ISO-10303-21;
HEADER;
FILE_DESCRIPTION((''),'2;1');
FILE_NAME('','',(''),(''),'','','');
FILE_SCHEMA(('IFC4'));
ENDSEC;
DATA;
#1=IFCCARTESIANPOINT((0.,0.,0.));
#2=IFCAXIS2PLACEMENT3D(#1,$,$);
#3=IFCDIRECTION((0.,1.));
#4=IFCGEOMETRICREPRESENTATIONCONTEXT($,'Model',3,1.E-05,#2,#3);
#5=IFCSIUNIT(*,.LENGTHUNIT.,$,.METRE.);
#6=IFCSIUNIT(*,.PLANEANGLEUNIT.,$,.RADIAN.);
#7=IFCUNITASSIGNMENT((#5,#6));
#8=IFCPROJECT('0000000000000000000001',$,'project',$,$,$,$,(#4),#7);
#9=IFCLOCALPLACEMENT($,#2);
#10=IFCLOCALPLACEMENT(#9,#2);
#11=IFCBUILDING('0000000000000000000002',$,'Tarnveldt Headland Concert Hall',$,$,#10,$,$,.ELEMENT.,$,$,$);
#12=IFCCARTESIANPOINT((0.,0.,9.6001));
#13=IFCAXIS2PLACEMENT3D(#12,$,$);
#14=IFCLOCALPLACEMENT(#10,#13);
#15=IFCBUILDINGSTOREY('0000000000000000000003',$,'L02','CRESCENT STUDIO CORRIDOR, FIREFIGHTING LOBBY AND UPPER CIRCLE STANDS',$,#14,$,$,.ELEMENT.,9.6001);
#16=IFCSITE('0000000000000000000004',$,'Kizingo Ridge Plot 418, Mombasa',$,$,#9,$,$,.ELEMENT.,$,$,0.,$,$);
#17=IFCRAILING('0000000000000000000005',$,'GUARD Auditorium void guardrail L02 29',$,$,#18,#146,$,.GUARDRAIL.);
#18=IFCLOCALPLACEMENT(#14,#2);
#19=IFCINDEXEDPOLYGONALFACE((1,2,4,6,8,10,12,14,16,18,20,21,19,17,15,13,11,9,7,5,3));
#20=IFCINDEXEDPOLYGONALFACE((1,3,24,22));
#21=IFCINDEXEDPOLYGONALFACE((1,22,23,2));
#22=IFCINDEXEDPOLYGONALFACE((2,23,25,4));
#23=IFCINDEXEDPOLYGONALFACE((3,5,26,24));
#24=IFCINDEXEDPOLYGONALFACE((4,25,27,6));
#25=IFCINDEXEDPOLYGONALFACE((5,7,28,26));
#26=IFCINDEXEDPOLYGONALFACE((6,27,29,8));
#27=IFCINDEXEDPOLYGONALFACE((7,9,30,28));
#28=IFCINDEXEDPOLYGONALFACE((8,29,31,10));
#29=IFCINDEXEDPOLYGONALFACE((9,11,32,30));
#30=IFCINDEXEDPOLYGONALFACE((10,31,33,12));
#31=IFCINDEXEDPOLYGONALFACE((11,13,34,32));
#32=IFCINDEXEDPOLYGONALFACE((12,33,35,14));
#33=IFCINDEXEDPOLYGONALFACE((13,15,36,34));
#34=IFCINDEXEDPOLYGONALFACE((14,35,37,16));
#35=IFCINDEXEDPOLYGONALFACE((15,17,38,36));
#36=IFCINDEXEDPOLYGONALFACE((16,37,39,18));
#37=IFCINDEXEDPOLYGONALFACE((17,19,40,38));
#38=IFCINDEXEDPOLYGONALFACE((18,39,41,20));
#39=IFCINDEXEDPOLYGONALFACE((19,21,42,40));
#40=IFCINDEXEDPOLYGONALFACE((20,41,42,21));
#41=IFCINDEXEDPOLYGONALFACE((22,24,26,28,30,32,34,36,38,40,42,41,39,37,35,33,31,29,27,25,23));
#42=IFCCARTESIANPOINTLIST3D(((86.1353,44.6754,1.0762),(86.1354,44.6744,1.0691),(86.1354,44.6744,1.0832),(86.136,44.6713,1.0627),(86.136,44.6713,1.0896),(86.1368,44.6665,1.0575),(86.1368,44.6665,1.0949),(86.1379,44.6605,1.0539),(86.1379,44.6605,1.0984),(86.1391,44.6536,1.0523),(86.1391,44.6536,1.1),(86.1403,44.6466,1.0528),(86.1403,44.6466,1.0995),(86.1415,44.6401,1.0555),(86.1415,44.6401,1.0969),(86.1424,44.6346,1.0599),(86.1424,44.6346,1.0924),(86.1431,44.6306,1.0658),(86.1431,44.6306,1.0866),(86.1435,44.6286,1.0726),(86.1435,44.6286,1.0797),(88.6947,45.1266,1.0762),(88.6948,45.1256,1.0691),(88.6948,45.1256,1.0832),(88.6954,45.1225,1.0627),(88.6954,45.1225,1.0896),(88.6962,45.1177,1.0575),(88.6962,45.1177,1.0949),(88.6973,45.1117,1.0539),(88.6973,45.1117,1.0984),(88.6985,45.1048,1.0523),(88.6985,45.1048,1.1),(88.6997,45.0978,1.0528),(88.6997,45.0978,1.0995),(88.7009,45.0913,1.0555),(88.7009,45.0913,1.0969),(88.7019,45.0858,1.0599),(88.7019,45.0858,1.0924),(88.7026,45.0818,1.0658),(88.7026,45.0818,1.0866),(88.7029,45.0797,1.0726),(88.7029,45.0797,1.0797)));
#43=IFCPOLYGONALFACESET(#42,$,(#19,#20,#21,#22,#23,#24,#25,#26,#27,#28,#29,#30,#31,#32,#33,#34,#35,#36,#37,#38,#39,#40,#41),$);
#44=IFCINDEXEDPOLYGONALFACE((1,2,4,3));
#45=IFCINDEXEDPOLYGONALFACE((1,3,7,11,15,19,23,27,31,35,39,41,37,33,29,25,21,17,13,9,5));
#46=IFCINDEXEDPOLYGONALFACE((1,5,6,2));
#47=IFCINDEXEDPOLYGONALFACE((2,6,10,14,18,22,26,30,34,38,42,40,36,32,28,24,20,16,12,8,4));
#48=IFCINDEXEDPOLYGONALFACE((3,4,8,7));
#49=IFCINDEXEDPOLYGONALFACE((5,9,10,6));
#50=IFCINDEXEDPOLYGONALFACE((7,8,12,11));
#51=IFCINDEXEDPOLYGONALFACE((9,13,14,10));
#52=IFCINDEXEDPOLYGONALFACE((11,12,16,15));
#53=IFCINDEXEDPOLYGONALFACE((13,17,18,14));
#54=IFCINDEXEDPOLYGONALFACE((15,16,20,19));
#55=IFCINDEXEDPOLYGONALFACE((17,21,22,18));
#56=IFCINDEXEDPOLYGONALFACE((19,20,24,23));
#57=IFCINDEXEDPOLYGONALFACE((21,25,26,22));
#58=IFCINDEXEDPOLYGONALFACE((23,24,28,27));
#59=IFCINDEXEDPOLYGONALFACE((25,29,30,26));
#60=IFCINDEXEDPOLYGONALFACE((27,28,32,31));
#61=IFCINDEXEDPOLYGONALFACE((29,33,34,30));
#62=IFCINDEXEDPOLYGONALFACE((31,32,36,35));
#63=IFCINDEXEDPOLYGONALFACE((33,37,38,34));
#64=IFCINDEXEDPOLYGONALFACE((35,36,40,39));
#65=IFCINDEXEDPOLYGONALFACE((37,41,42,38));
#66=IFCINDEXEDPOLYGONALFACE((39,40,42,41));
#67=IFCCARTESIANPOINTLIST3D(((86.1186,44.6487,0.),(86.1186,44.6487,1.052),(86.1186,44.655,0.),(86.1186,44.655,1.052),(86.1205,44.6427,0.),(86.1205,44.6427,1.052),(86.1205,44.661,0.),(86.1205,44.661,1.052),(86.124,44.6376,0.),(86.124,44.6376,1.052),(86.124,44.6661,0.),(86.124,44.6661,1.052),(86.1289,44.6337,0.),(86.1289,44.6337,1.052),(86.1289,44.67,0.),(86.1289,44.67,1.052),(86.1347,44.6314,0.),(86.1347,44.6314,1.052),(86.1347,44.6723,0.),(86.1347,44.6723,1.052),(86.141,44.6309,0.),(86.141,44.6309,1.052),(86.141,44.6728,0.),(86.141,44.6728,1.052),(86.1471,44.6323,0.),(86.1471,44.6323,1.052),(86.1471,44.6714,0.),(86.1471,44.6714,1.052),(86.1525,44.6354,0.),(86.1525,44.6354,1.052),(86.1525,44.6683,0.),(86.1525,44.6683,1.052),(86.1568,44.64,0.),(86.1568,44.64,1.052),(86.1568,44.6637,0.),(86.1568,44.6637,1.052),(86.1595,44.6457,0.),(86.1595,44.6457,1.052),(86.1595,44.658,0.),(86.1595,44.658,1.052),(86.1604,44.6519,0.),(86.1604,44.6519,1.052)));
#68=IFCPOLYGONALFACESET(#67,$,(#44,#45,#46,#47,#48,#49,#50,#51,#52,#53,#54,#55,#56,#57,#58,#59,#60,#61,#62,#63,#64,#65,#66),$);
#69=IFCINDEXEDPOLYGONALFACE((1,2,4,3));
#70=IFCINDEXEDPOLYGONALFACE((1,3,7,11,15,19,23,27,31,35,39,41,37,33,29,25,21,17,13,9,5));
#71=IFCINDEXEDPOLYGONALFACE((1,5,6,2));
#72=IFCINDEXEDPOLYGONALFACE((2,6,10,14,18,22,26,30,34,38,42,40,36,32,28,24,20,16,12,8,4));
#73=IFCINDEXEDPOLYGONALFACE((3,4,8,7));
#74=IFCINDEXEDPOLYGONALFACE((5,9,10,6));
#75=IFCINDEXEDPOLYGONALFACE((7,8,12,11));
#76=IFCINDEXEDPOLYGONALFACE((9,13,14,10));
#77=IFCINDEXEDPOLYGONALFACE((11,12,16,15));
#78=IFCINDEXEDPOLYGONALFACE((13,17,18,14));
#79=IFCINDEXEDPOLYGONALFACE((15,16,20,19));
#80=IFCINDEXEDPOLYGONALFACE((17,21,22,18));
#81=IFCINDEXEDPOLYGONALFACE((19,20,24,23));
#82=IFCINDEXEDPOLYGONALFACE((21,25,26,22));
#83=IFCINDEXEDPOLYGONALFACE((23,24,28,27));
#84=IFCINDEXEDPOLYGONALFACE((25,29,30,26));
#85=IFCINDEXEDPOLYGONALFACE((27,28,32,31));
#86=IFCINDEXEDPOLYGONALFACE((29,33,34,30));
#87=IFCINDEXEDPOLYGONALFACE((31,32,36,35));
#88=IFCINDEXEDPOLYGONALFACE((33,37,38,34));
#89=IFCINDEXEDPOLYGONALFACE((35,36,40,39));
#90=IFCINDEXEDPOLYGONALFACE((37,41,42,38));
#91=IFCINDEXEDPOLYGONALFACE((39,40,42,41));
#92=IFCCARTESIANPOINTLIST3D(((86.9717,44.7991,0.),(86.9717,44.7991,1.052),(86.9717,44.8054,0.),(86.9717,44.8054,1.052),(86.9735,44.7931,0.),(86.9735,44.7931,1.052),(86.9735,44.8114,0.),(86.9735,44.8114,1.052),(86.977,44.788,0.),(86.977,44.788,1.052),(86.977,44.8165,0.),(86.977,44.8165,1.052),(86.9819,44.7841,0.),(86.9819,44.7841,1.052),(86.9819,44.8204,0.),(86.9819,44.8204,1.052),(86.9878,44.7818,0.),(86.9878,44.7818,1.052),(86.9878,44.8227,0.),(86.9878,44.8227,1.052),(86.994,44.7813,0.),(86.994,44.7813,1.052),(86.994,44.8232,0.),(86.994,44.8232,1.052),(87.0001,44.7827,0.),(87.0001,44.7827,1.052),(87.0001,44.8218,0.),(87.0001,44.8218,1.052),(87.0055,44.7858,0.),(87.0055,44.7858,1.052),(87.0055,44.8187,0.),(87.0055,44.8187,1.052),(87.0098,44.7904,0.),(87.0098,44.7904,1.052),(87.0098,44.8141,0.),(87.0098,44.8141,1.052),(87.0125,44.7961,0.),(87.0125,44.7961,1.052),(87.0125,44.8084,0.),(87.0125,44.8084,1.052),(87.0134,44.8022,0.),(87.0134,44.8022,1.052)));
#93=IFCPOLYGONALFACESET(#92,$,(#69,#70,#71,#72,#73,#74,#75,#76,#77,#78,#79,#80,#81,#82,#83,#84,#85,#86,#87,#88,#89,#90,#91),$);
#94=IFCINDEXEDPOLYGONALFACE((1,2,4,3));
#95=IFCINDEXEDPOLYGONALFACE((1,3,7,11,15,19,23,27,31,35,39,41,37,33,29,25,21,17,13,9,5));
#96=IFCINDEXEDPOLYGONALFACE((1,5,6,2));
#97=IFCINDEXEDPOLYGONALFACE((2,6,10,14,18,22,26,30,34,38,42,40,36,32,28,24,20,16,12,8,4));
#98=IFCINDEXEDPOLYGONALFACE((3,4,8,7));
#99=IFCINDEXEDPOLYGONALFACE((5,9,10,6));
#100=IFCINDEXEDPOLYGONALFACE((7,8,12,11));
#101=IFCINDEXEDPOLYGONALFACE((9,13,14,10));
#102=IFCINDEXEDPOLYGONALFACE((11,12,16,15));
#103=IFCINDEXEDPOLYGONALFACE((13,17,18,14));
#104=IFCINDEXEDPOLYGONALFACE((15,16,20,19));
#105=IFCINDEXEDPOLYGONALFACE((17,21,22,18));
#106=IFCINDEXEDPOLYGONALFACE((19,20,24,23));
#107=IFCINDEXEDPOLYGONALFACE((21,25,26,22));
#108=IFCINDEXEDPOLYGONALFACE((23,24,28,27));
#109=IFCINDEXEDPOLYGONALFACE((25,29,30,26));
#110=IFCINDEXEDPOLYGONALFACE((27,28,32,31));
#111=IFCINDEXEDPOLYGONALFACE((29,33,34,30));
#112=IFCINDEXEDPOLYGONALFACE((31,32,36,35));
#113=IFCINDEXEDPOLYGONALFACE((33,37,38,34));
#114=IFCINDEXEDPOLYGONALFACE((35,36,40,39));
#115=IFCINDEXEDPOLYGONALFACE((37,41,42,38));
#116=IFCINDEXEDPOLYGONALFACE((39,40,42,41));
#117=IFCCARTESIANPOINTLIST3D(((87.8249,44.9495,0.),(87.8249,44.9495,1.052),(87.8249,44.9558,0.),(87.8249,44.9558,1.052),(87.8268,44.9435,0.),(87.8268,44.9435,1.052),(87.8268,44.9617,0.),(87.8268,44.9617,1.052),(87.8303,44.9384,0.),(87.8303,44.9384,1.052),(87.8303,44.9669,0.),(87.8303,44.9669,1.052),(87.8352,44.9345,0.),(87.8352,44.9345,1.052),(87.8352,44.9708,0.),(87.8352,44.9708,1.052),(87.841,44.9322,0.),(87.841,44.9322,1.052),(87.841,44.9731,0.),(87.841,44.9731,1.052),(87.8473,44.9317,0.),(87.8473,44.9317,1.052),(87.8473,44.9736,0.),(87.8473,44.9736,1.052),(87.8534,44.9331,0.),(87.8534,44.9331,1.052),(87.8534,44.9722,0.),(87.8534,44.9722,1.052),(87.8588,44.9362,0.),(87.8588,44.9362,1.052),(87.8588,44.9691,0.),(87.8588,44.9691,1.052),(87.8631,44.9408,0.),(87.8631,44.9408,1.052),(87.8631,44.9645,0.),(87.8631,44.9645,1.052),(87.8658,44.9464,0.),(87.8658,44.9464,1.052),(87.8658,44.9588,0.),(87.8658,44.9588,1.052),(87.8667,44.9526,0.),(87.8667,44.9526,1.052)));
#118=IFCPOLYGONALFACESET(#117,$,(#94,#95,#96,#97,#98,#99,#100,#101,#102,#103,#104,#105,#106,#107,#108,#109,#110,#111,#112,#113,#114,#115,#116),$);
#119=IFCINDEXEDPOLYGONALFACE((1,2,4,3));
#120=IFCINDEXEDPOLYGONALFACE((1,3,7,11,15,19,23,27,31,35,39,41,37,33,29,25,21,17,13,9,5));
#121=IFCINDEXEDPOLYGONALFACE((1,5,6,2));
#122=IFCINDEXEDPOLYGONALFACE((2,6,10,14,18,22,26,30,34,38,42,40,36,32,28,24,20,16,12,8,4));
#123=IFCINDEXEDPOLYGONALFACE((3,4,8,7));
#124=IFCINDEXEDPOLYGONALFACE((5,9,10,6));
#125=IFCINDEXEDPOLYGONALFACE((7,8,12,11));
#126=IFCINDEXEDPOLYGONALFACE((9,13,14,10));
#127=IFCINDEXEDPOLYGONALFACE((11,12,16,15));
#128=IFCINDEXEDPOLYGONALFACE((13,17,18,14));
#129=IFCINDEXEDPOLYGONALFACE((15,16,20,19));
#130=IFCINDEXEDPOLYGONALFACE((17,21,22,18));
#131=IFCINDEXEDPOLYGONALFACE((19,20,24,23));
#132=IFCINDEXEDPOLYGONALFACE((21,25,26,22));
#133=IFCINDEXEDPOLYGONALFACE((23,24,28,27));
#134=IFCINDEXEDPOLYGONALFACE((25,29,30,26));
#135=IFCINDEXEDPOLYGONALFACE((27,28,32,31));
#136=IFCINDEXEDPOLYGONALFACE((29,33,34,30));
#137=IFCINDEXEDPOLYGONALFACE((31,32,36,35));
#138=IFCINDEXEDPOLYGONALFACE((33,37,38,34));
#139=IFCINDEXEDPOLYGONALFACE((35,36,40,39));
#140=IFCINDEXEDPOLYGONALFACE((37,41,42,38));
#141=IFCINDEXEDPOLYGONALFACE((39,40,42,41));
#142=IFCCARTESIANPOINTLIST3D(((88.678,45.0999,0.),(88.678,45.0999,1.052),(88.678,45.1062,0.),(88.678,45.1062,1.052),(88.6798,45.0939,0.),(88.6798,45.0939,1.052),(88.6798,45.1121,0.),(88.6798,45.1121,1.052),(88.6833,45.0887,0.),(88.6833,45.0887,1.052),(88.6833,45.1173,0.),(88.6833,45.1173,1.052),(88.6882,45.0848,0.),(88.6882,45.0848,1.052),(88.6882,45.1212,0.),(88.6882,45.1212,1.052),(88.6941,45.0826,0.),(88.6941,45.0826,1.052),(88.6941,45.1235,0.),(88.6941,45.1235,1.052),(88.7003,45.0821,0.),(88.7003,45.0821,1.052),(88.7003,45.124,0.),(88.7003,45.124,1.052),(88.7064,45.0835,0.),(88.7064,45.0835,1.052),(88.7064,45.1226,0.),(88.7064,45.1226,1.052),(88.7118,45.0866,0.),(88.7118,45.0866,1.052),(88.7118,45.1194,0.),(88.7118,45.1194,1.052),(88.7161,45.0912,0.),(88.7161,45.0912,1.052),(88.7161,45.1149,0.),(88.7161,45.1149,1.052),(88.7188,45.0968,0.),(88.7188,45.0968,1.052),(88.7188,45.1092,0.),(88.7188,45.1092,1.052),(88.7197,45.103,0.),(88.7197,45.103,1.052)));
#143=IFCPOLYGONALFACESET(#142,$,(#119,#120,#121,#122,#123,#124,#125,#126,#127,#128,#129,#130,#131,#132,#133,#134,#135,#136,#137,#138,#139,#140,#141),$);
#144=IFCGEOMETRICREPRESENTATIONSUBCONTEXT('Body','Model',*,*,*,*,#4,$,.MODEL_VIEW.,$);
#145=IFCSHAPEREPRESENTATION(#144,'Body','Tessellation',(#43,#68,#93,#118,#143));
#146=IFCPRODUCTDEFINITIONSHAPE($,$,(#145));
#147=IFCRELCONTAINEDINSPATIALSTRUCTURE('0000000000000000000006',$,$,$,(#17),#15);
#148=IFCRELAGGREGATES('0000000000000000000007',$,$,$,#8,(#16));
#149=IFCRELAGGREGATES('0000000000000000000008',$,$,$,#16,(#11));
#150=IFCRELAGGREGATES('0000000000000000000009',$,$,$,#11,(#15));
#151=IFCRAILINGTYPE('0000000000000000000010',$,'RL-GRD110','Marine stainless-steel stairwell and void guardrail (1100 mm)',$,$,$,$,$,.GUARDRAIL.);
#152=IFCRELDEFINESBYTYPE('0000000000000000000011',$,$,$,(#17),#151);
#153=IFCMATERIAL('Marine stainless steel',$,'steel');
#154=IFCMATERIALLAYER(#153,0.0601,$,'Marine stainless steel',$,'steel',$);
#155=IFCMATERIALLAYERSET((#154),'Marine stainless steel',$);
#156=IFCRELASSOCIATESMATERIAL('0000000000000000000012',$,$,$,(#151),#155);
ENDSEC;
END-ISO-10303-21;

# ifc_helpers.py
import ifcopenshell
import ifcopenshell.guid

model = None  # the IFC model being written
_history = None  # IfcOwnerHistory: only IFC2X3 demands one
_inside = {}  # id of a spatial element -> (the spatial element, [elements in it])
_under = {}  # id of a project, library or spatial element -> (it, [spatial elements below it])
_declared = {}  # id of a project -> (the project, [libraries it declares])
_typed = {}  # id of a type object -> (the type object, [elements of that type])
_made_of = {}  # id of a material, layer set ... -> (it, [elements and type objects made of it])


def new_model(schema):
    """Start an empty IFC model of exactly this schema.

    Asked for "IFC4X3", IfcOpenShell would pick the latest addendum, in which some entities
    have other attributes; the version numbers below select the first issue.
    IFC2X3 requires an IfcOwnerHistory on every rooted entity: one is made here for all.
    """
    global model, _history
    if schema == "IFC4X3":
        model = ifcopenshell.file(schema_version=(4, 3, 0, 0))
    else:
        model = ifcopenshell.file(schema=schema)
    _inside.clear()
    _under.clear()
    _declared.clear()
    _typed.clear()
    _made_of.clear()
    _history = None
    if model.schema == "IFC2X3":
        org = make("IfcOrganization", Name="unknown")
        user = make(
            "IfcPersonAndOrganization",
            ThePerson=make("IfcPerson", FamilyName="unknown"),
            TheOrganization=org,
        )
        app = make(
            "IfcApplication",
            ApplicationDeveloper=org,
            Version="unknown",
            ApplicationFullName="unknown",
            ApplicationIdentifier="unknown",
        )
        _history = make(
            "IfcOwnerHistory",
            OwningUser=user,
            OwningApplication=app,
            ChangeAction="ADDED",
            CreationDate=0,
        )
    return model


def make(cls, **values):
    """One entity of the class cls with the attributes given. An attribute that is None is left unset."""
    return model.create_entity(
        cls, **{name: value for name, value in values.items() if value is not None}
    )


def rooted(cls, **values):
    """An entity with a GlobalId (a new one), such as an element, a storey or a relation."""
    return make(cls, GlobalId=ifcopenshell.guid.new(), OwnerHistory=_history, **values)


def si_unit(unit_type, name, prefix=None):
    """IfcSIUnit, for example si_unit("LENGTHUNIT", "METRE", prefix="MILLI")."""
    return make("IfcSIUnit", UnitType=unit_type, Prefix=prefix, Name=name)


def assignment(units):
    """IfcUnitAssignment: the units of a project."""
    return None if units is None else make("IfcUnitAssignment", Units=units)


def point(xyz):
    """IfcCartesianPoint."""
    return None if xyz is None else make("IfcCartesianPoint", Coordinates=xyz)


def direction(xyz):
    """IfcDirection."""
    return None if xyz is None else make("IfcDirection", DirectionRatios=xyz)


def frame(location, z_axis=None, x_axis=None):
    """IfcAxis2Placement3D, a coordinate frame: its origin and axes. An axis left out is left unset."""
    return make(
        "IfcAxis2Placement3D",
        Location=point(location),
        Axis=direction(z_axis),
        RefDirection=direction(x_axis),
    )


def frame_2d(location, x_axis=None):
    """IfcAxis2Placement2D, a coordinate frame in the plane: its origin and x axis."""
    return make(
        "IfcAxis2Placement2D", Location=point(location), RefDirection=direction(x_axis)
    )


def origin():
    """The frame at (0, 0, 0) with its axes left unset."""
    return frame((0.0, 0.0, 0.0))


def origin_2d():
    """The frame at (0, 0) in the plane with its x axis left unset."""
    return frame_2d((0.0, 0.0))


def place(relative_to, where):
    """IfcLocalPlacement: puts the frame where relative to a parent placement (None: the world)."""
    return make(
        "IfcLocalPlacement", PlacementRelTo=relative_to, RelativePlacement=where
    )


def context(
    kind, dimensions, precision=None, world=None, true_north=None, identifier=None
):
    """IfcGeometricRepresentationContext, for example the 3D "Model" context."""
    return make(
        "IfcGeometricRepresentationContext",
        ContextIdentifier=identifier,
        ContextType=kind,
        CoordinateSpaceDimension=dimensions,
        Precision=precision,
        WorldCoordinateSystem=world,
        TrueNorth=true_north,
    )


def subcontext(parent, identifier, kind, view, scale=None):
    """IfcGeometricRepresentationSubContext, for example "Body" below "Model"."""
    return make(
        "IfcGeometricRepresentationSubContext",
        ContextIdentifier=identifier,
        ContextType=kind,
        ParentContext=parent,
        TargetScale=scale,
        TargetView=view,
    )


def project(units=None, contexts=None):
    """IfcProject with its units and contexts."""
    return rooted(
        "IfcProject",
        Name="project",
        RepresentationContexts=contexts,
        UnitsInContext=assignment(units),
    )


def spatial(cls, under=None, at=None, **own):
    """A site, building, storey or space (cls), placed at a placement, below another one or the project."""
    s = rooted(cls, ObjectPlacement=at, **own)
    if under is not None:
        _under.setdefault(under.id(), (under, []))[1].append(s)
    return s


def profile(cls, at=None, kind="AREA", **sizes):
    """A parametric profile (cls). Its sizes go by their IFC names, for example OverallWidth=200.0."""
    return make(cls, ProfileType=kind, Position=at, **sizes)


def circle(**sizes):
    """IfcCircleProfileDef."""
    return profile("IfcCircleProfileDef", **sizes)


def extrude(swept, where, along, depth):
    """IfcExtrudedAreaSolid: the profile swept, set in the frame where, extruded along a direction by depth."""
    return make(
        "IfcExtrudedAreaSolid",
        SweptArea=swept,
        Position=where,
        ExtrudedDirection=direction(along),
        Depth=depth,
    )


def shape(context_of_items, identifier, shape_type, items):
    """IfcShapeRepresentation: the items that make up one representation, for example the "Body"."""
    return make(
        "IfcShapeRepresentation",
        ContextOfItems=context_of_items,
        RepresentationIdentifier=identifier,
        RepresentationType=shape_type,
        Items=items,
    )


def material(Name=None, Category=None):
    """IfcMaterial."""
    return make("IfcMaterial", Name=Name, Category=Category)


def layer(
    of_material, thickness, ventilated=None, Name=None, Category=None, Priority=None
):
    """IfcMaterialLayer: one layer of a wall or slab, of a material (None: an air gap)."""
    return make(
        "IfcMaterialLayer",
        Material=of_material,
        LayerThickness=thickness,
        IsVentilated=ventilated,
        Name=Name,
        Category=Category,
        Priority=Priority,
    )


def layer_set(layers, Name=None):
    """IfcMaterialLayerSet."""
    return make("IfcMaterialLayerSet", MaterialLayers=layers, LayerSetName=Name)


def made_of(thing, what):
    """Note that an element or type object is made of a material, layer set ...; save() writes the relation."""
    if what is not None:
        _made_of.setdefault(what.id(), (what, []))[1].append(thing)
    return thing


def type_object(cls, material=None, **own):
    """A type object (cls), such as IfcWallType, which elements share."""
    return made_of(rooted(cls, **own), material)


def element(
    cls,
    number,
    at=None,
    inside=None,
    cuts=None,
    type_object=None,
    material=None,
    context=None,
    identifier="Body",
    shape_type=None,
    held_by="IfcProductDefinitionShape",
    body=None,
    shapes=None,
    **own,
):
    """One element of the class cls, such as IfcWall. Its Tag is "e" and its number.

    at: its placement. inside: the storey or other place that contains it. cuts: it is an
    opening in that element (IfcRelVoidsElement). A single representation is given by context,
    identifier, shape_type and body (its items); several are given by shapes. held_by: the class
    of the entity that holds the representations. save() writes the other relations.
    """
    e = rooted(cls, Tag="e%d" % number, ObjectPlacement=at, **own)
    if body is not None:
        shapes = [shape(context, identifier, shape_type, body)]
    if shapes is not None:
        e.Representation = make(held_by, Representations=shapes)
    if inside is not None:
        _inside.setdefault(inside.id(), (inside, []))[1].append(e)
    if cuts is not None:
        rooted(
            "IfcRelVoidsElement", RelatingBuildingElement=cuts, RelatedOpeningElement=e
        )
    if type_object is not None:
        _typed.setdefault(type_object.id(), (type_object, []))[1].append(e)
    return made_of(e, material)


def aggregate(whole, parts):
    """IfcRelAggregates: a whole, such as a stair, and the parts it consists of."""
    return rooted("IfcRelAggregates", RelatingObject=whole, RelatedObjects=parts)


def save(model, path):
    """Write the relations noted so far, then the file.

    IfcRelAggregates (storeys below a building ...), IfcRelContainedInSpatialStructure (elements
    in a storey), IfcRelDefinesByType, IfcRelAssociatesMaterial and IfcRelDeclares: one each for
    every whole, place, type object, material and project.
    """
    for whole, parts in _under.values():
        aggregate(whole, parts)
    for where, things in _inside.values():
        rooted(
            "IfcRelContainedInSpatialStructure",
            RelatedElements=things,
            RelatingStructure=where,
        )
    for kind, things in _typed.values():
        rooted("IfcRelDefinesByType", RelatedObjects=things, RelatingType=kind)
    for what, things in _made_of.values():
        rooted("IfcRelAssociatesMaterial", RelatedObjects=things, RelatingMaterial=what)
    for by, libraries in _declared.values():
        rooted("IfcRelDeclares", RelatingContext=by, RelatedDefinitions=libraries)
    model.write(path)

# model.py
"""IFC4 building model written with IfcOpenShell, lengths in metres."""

from ifc_helpers import new_model, si_unit, direction, frame, origin, origin_2d, place, context, subcontext, project, spatial, circle, extrude, material, layer, layer_set, type_object, element, save


model = new_model("IFC4")

# Units and contexts
model_context = context("Model", 3, precision=1e-05, world=origin(), true_north=direction((0.0, 1.0)))
body_context = subcontext(model_context, "Body", "Model", "MODEL_VIEW")
ifc_project = project(units=[si_unit("LENGTHUNIT", "METRE"), si_unit("PLANEANGLEUNIT", "RADIAN")], contexts=[model_context])

# Site, building, storey
site_placement = place(None, origin())
site = spatial("IfcSite", under=ifc_project, at=site_placement, Name="Kizingo Ridge Plot 418, Mombasa", CompositionType="ELEMENT", RefElevation=0.0)
building_placement = place(site_placement, origin())
building = spatial("IfcBuilding", under=site, at=building_placement, Name="Tarnveldt Headland Concert Hall", CompositionType="ELEMENT")
storey_placement = place(building_placement, frame((0.0, 0.0, 9.6001)))
storey = spatial("IfcBuildingStorey", under=building, at=storey_placement, Name="L02", Description="CRESCENT STUDIO CORRIDOR, FIREFIGHTING LOBBY AND UPPER CIRCLE STANDS", CompositionType="ELEMENT", Elevation=9.6001)

# Railing
ifc_material_1 = material(Name="Marine stainless steel", Category="steel")
ifc_layer_1 = layer(ifc_material_1, 0.0601, Name="Marine stainless steel", Category="steel")
ifc_layer_set_1 = layer_set([ifc_layer_1], Name="Marine stainless steel")
railing_type = type_object("IfcRailingType", Name="RL-GRD110", Description="Marine stainless-steel stairwell and void guardrail (1100 mm)", PredefinedType="GUARDRAIL", material=ifc_layer_set_1)
railing_1_placement = place(storey_placement, frame((86.1394, 44.6519, 0.0)))
element("IfcRailing", 1, at=railing_1_placement, inside=storey, type_object=railing_type, Name="GUARD Auditorium void guardrail L02 29", PredefinedType="GUARDRAIL", context=body_context, shape_type="SweptSolid", body=[
    extrude(circle(Radius=0.0239, at=origin_2d()), frame((0.0, 0.0, 1.0762), z_axis=(0.984815, 0.173608, 0.0), x_axis=(-0.173608, 0.984815, 0.0)), (0.0, 0.0, 1.0), 2.5989),
    extrude(circle(Radius=0.021, at=origin_2d()), origin(), (0.0, 0.0, 1.0), 1.052),
    extrude(circle(Radius=0.021, at=origin_2d()), frame((0.853, 0.1504, 0.0)), (0.0, 0.0, 1.0), 1.052),
    extrude(circle(Radius=0.021, at=origin_2d()), frame((1.7063, 0.3008, 0.0)), (0.0, 0.0, 1.0), 1.052),
    extrude(circle(Radius=0.021, at=origin_2d()), frame((2.5593, 0.4512, 0.0)), (0.0, 0.0, 1.0), 1.052),
])

save(model, "model.ifc")
